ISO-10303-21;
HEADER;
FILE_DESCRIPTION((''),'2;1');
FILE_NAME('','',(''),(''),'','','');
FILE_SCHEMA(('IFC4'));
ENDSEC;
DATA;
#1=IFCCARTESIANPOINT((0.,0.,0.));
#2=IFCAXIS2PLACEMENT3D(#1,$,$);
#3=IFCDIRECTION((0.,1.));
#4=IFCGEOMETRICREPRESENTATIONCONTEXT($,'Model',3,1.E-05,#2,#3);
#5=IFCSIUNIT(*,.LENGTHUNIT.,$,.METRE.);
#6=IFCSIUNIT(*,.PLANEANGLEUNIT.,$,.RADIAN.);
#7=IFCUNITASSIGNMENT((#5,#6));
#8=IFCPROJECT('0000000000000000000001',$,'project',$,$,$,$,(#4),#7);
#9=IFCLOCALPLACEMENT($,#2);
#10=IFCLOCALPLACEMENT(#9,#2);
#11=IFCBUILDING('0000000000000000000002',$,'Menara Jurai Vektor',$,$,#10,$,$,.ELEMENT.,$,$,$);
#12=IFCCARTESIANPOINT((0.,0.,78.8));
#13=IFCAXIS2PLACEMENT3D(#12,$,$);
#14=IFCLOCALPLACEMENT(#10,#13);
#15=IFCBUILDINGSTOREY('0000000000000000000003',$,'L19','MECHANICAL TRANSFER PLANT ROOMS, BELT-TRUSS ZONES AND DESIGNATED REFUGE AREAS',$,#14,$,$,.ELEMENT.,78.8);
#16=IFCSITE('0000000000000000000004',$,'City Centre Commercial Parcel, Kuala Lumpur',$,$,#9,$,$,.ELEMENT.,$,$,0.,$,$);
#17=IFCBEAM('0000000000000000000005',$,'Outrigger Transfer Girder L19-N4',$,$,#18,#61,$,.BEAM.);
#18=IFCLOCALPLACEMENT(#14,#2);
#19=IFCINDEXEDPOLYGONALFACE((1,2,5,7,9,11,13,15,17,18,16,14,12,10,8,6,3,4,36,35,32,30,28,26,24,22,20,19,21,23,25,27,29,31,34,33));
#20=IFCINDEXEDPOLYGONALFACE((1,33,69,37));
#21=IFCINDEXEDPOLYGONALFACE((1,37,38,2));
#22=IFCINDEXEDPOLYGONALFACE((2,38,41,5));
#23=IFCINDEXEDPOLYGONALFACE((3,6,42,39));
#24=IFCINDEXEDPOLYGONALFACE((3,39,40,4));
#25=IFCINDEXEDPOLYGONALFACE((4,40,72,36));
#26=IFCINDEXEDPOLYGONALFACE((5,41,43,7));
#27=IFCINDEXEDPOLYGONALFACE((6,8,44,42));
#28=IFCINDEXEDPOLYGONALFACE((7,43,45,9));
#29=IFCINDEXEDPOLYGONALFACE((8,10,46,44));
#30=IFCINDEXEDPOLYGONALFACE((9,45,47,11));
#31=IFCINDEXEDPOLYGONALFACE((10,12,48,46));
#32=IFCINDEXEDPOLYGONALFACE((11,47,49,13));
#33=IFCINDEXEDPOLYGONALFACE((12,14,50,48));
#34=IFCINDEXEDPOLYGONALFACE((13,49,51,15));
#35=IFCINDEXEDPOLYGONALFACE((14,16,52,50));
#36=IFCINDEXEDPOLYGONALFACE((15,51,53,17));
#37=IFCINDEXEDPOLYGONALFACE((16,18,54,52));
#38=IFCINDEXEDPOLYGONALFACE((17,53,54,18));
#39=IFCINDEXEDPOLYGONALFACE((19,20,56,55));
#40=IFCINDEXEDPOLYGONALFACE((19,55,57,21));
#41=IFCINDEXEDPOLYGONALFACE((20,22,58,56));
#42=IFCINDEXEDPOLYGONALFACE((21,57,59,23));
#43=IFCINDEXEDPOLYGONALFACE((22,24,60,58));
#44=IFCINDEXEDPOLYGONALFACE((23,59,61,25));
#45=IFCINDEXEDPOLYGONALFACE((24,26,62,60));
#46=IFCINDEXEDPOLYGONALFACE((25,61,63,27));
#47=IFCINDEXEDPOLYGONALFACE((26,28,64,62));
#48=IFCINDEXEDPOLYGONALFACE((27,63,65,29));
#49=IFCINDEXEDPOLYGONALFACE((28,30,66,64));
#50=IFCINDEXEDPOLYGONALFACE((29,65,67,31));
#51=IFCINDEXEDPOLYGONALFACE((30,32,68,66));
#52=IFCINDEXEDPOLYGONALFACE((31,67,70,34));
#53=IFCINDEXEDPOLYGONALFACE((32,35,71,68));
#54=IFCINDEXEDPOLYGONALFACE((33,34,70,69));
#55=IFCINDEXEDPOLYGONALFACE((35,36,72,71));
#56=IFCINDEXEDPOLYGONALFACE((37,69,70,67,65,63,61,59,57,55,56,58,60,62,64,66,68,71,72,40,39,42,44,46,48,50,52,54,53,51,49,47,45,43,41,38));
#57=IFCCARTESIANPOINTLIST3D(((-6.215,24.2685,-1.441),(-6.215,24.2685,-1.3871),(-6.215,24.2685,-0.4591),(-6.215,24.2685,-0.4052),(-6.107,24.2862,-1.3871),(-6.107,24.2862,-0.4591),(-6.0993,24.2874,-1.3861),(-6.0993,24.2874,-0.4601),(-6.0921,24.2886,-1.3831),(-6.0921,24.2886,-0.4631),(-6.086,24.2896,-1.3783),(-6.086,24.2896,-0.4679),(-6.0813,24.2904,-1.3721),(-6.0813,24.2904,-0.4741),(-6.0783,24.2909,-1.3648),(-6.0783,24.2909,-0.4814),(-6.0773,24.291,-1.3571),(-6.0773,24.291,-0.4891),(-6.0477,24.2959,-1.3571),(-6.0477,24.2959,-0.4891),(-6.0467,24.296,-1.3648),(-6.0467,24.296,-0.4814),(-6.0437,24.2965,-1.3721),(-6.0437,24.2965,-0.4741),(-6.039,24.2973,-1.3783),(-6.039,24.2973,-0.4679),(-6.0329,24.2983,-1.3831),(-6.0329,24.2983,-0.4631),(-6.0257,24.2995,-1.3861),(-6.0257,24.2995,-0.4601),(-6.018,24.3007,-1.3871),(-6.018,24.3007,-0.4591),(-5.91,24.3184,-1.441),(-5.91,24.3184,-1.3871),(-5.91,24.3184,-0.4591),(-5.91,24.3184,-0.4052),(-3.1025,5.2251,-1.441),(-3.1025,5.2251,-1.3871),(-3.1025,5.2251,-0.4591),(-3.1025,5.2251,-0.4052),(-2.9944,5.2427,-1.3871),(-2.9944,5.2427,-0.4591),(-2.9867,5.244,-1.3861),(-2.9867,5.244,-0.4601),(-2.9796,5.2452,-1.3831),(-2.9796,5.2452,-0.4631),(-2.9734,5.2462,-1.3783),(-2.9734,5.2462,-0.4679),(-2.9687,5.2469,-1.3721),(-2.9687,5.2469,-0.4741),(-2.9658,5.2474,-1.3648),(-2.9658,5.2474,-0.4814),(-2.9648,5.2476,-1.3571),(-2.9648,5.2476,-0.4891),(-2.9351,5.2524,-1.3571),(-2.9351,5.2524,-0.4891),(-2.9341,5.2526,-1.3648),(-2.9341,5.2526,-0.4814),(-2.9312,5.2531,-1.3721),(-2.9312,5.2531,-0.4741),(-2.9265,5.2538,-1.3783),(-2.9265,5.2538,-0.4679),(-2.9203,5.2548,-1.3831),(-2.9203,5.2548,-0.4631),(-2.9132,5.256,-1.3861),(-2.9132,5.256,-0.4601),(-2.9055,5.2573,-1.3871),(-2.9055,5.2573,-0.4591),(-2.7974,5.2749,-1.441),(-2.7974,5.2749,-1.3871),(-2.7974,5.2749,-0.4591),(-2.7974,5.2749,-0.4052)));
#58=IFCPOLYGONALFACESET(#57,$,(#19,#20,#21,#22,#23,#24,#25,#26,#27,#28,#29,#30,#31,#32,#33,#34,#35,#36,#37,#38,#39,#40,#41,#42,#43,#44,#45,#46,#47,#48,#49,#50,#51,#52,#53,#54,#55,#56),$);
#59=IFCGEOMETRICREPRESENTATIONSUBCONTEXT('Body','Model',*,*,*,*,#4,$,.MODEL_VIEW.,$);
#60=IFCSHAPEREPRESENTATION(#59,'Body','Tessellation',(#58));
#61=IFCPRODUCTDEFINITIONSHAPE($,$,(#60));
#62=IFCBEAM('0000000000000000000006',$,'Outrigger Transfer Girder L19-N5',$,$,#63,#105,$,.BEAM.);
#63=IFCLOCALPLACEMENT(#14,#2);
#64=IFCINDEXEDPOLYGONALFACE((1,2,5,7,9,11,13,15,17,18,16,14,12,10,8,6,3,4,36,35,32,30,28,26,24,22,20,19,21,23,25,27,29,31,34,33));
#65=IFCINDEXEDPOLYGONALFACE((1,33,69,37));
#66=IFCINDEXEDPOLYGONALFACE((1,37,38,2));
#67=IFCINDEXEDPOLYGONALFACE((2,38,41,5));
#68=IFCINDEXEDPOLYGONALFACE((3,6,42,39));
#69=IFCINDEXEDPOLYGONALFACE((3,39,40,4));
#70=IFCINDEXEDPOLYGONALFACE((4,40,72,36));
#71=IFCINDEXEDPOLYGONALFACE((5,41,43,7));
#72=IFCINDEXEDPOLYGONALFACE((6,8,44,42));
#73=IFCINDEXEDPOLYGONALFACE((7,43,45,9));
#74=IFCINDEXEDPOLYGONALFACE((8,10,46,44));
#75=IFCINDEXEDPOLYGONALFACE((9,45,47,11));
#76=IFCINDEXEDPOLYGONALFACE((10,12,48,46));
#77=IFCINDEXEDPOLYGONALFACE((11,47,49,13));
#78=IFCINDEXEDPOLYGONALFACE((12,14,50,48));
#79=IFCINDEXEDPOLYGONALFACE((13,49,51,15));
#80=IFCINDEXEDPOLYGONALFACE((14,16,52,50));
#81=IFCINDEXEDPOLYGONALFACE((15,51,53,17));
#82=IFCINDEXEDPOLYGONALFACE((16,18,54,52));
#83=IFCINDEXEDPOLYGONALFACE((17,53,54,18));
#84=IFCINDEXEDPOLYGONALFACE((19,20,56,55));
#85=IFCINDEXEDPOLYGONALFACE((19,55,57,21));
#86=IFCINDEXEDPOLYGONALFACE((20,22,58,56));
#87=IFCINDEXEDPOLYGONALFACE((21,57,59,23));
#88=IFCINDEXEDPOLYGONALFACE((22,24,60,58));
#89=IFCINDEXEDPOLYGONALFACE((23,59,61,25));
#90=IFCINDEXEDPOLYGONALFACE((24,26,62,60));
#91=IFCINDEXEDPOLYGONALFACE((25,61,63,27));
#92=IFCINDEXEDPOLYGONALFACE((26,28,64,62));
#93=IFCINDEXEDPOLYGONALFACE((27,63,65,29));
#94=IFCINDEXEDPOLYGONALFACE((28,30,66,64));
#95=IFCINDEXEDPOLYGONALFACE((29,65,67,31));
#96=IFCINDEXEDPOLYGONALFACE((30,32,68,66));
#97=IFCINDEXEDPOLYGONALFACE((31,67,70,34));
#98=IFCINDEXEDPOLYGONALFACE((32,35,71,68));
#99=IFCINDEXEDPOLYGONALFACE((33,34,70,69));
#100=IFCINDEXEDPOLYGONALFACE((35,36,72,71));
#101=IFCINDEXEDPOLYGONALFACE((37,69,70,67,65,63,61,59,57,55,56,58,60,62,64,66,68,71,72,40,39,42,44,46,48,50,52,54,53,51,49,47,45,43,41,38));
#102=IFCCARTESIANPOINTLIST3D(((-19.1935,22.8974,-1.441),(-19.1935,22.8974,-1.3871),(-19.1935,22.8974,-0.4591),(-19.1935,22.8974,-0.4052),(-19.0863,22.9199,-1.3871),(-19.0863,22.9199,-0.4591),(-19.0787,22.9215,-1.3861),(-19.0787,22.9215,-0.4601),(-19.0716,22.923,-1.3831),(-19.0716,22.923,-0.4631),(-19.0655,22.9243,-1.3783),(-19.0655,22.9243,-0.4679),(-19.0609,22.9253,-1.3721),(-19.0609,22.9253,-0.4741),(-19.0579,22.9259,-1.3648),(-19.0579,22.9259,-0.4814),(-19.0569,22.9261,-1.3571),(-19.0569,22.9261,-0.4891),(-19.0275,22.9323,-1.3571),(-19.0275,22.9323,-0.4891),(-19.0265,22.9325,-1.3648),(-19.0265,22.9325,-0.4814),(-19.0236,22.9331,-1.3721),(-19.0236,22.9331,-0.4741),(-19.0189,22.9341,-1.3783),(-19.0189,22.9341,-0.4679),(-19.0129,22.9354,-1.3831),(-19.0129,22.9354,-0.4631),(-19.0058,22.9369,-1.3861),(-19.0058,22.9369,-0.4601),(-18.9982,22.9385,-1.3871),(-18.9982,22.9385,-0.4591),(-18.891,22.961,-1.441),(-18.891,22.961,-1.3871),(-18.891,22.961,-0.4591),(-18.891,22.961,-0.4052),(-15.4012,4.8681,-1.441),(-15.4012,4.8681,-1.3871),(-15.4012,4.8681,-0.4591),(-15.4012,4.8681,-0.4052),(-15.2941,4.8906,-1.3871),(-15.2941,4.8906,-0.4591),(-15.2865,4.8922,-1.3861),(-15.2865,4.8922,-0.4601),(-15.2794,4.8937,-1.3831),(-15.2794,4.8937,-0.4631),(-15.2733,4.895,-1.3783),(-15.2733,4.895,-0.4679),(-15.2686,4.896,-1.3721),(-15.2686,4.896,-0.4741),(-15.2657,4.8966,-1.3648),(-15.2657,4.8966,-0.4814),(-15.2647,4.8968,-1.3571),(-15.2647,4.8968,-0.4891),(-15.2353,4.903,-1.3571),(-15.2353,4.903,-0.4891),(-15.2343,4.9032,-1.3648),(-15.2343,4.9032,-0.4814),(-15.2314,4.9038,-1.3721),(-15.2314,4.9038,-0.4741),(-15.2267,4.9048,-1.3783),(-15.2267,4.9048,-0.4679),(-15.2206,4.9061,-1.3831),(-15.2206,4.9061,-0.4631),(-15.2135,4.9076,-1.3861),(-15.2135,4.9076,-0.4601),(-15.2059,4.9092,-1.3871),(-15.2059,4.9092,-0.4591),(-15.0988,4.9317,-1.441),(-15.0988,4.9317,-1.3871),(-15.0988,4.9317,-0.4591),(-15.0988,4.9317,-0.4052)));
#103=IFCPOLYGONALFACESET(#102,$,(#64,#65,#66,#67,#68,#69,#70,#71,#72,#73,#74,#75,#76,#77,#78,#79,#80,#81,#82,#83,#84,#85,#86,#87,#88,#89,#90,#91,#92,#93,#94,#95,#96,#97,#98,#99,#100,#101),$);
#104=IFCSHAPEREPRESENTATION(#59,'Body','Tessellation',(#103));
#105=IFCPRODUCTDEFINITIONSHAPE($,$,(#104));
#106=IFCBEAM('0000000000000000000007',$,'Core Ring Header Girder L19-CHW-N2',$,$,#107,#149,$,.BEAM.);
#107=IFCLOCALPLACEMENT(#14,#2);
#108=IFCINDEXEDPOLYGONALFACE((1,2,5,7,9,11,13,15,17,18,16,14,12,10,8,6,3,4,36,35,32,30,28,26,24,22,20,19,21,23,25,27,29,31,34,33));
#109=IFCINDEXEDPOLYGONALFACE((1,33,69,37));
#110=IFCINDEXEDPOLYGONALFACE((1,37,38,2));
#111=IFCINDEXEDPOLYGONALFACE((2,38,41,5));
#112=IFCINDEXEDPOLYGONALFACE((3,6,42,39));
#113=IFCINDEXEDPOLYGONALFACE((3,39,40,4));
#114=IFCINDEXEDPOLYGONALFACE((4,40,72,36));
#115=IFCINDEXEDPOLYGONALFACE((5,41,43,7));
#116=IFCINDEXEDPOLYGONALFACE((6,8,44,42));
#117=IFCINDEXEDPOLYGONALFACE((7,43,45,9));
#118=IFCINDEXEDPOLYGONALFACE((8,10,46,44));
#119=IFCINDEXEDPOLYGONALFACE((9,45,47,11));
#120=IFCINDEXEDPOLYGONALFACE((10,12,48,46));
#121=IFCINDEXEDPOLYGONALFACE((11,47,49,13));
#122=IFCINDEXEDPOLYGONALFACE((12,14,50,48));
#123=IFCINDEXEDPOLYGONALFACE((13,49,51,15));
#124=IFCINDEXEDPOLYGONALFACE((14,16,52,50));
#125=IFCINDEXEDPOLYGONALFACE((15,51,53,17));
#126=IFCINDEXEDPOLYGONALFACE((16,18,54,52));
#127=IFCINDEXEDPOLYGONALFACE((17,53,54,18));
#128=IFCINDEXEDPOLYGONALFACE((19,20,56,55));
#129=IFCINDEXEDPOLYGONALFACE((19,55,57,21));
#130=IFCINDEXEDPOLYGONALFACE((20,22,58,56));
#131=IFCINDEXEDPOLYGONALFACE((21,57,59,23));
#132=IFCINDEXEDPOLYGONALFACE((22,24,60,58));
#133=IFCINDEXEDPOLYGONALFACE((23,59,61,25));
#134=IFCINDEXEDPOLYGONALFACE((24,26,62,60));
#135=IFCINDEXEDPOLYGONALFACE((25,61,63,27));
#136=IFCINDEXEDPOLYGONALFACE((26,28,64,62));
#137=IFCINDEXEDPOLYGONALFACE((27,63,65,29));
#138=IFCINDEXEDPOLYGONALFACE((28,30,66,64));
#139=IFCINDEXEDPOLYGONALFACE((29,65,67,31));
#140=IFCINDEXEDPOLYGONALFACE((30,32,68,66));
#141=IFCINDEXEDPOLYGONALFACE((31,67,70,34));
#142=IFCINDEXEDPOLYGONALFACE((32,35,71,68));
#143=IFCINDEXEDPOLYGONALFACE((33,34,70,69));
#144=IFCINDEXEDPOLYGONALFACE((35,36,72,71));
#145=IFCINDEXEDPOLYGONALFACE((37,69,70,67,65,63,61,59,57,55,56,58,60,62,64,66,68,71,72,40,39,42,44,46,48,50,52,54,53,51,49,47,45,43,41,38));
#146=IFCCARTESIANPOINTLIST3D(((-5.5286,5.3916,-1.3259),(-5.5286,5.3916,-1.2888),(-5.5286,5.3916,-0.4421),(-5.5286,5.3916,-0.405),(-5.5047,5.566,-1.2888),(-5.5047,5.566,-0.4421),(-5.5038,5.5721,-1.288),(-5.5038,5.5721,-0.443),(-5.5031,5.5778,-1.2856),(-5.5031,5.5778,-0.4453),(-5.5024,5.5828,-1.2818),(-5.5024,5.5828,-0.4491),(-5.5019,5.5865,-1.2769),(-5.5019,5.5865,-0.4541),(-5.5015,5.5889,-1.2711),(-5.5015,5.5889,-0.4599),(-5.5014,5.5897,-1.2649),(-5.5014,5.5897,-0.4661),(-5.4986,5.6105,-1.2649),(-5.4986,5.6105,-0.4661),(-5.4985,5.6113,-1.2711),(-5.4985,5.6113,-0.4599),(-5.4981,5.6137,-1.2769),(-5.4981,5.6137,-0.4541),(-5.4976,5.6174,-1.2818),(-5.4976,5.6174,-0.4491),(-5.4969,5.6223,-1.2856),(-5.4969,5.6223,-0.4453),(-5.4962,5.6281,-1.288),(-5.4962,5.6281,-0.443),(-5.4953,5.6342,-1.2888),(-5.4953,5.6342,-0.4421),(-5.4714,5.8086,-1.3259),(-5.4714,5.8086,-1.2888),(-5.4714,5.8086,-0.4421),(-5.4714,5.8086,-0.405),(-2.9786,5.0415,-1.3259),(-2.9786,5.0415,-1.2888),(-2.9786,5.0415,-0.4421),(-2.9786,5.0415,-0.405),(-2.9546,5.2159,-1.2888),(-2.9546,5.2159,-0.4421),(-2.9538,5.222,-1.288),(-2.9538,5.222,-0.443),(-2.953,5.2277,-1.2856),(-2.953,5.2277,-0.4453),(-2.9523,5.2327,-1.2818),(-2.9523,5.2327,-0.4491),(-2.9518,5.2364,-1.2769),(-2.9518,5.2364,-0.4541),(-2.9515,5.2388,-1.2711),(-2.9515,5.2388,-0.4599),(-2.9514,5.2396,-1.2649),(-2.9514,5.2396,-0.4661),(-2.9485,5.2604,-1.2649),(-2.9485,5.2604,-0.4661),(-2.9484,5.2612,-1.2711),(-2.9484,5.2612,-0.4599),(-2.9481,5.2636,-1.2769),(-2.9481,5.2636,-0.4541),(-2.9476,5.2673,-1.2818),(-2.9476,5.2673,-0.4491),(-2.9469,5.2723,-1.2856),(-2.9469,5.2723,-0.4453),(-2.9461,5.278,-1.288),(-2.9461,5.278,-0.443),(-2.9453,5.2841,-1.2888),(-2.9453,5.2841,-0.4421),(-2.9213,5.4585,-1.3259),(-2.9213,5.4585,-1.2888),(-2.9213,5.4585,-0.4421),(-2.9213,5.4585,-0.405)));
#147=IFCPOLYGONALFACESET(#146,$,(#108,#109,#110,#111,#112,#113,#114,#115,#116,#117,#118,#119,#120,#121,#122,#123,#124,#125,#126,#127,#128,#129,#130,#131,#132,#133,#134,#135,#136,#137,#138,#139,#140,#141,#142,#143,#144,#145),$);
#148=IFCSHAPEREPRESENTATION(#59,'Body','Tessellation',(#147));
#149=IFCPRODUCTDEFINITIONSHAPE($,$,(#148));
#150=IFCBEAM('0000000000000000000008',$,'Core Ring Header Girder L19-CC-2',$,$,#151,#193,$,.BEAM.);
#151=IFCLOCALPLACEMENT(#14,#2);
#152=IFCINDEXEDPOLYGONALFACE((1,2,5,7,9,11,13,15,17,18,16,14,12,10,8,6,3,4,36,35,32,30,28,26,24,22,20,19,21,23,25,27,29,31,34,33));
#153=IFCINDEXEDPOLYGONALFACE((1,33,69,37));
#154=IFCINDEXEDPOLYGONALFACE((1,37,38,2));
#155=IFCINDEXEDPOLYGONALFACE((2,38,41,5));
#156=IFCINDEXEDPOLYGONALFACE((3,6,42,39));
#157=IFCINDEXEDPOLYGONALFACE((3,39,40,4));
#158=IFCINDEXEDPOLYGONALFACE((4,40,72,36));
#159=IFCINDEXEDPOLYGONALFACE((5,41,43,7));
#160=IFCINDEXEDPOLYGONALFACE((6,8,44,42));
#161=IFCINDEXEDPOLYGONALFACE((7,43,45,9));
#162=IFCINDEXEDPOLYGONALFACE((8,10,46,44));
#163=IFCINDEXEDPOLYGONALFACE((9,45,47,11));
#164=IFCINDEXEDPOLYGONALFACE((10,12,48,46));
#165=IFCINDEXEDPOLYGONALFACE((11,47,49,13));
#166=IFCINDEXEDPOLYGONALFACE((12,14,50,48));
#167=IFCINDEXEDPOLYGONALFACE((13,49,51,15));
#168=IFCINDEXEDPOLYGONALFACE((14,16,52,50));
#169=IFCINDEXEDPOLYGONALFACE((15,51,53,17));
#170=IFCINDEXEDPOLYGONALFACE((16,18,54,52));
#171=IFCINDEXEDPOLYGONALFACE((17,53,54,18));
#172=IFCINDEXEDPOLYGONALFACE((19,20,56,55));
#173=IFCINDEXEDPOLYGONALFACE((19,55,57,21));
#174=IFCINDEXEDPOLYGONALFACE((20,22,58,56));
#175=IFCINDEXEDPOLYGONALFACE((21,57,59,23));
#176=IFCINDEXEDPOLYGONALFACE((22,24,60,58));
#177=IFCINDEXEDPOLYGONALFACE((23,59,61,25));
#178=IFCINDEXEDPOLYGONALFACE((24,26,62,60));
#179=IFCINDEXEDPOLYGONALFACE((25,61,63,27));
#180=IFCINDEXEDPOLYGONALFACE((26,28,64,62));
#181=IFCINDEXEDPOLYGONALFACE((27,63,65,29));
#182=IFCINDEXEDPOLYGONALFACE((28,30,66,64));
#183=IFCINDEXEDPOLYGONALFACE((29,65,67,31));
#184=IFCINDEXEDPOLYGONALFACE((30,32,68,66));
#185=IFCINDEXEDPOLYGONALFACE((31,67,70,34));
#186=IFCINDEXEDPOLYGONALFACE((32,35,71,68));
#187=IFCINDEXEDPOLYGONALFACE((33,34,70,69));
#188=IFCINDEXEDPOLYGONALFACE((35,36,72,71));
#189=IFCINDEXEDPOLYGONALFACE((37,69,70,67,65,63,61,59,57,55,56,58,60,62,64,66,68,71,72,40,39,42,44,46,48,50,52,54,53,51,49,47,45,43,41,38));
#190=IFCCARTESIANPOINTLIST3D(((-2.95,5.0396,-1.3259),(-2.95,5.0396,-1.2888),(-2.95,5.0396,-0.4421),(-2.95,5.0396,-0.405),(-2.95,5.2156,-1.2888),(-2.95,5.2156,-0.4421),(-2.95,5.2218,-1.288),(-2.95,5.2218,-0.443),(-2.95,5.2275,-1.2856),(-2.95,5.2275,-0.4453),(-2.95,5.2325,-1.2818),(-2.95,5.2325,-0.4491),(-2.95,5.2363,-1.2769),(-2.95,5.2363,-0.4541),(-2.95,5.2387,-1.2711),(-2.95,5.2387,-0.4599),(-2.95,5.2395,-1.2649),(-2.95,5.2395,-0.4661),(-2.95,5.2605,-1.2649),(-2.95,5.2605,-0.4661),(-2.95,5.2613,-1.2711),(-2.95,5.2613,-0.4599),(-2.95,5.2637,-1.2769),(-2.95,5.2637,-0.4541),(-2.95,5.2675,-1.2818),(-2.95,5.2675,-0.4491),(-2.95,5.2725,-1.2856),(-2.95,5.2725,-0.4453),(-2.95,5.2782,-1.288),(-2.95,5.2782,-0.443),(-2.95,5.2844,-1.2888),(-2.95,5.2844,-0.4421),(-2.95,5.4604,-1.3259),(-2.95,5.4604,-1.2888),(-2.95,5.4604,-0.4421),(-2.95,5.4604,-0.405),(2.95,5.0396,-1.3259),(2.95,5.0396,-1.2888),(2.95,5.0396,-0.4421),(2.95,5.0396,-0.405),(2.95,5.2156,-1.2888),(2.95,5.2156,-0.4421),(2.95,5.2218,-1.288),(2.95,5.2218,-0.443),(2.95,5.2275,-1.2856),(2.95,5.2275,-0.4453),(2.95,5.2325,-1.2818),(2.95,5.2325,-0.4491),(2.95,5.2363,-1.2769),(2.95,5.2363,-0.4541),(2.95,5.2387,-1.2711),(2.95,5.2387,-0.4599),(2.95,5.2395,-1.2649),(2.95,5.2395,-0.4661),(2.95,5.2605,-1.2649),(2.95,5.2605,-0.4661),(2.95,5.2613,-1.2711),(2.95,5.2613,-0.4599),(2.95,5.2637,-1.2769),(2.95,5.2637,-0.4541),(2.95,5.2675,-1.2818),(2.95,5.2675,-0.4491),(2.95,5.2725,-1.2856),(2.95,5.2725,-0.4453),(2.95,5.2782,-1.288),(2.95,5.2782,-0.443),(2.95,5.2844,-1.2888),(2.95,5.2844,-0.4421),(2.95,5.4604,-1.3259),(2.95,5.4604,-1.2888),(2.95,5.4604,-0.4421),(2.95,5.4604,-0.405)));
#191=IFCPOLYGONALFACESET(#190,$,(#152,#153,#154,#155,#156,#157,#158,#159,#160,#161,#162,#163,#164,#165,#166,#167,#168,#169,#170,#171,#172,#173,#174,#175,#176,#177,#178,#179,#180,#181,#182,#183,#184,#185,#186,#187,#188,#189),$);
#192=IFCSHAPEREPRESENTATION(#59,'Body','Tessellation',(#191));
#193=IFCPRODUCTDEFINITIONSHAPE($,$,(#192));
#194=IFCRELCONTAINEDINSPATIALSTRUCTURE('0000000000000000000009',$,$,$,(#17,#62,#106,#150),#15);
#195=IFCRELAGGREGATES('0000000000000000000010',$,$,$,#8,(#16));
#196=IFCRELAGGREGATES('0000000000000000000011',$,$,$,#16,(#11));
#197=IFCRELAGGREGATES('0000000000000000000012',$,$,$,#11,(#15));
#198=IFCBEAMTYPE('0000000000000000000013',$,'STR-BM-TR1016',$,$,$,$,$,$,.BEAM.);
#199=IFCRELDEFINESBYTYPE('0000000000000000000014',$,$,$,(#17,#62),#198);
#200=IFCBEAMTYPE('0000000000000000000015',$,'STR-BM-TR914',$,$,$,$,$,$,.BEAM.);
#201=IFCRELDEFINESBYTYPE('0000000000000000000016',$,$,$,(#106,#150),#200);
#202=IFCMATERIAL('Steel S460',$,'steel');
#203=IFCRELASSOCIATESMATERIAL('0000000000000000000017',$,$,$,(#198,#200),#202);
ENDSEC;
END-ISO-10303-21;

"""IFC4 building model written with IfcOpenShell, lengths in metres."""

from ifc_helpers import new_model, si_unit, direction, frame, origin, origin_2d, place, context, subcontext, project, spatial, i_section, extrude, material, material_profile, profile_set, type_object, element, save


model = new_model("IFC4")

# Units and contexts
model_context = context("Model", 3, precision=1e-05, world=origin(), true_north=direction((0.0, 1.0)))
body_context = subcontext(model_context, "Body", "Model", "MODEL_VIEW")
ifc_project = project(units=[si_unit("LENGTHUNIT", "METRE"), si_unit("PLANEANGLEUNIT", "RADIAN")], contexts=[model_context])

# Site, building, storey
site_placement = place(None, origin())
site = spatial("IfcSite", under=ifc_project, at=site_placement, Name="City Centre Commercial Parcel, Kuala Lumpur", CompositionType="ELEMENT", RefElevation=0.0)
building_placement = place(site_placement, origin())
building = spatial("IfcBuilding", under=site, at=building_placement, Name="Menara Jurai Vektor", CompositionType="ELEMENT")
storey_placement = place(building_placement, frame((0.0, 0.0, 78.8)))
storey = spatial("IfcBuildingStorey", under=building, at=storey_placement, Name="L19", Description="MECHANICAL TRANSFER PLANT ROOMS, BELT-TRUSS ZONES AND DESIGNATED REFUGE AREAS", CompositionType="ELEMENT", Elevation=78.8)

# Shared definitions
ifc_material_1 = material(Name="Steel S460", Category="steel")

# Beams
ifc_material_profile_1 = material_profile(ifc_material_1, i_section(OverallWidth=0.3091, OverallDepth=1.0359, WebThickness=0.03, FlangeThickness=0.054, FilletRadius=0.03, at=origin_2d()), Name="UKB 1016x305x487")
ifc_profile_set_1 = profile_set([ifc_material_profile_1], Name="Steel S460")
beam_type_1 = type_object("IfcBeamType", Name="STR-BM-TR1016", PredefinedType="BEAM", material=ifc_profile_set_1)
beam_1_placement = place(storey_placement, frame((-6.0625, 24.2935, -0.9231), z_axis=(0.161304, -0.986905, 0.0), x_axis=(0.986905, 0.161304, 0.0)))
element("IfcBeam", 1, at=beam_1_placement, inside=storey, type_object=beam_type_1, Name="Outrigger Transfer Girder L19-N4", PredefinedType="BEAM", context=body_context, shape_type="SweptSolid", body=[
    extrude(i_section(OverallWidth=0.3091, OverallDepth=1.0359, WebThickness=0.03, FlangeThickness=0.054, FilletRadius=0.03, at=origin_2d()), origin(), (0.0, 0.0, 1.0), 19.2961),
])
beam_2_placement = place(storey_placement, frame((-19.0422, 22.9292, -0.9231), z_axis=(0.205833, -0.978587, 0.0), x_axis=(0.978587, 0.205833, 0.0)))
element("IfcBeam", 2, at=beam_2_placement, inside=storey, type_object=beam_type_1, Name="Outrigger Transfer Girder L19-N5", PredefinedType="BEAM", context=body_context, shape_type="SweptSolid", body=[
    extrude(i_section(OverallWidth=0.3091, OverallDepth=1.0359, WebThickness=0.03, FlangeThickness=0.054, FilletRadius=0.03, at=origin_2d()), origin(), (0.0, 0.0, 1.0), 18.4238),
])
ifc_material_profile_2 = material_profile(ifc_material_1, i_section(OverallWidth=0.4209, OverallDepth=0.9209, WebThickness=0.021, FlangeThickness=0.0371, FilletRadius=0.0239, at=origin_2d()), Name="UKB 914x419x388")
ifc_profile_set_2 = profile_set([ifc_material_profile_2], Name="Steel S460")
beam_type_2 = type_object("IfcBeamType", Name="STR-BM-TR914", PredefinedType="BEAM", material=ifc_profile_set_2)
beam_3_placement = place(storey_placement, frame((-5.5, 5.6001, -0.8655), z_axis=(0.990707, -0.136015, 0.0), x_axis=(0.136015, 0.990707, 0.0)))
element("IfcBeam", 3, at=beam_3_placement, inside=storey, type_object=beam_type_2, Name="Core Ring Header Girder L19-CHW-N2", PredefinedType="BEAM", context=body_context, shape_type="SweptSolid", body=[
    extrude(i_section(OverallWidth=0.4209, OverallDepth=0.9209, WebThickness=0.021, FlangeThickness=0.0371, FilletRadius=0.0239, at=origin_2d()), origin(), (0.0, 0.0, 1.0), 2.574),
])
beam_4_placement = place(storey_placement, frame((-2.95, 5.25, -0.8655), z_axis=(1.0, 0.0, 0.0), x_axis=(0.0, 1.0, 0.0)))
element("IfcBeam", 4, at=beam_4_placement, inside=storey, type_object=beam_type_2, Name="Core Ring Header Girder L19-CC-2", PredefinedType="BEAM", context=body_context, shape_type="SweptSolid", body=[
    extrude(i_section(OverallWidth=0.4209, OverallDepth=0.9209, WebThickness=0.021, FlangeThickness=0.0371, FilletRadius=0.0239, at=origin_2d()), origin(), (0.0, 0.0, 1.0), 5.8999),
])

save(model, "model.ifc")
